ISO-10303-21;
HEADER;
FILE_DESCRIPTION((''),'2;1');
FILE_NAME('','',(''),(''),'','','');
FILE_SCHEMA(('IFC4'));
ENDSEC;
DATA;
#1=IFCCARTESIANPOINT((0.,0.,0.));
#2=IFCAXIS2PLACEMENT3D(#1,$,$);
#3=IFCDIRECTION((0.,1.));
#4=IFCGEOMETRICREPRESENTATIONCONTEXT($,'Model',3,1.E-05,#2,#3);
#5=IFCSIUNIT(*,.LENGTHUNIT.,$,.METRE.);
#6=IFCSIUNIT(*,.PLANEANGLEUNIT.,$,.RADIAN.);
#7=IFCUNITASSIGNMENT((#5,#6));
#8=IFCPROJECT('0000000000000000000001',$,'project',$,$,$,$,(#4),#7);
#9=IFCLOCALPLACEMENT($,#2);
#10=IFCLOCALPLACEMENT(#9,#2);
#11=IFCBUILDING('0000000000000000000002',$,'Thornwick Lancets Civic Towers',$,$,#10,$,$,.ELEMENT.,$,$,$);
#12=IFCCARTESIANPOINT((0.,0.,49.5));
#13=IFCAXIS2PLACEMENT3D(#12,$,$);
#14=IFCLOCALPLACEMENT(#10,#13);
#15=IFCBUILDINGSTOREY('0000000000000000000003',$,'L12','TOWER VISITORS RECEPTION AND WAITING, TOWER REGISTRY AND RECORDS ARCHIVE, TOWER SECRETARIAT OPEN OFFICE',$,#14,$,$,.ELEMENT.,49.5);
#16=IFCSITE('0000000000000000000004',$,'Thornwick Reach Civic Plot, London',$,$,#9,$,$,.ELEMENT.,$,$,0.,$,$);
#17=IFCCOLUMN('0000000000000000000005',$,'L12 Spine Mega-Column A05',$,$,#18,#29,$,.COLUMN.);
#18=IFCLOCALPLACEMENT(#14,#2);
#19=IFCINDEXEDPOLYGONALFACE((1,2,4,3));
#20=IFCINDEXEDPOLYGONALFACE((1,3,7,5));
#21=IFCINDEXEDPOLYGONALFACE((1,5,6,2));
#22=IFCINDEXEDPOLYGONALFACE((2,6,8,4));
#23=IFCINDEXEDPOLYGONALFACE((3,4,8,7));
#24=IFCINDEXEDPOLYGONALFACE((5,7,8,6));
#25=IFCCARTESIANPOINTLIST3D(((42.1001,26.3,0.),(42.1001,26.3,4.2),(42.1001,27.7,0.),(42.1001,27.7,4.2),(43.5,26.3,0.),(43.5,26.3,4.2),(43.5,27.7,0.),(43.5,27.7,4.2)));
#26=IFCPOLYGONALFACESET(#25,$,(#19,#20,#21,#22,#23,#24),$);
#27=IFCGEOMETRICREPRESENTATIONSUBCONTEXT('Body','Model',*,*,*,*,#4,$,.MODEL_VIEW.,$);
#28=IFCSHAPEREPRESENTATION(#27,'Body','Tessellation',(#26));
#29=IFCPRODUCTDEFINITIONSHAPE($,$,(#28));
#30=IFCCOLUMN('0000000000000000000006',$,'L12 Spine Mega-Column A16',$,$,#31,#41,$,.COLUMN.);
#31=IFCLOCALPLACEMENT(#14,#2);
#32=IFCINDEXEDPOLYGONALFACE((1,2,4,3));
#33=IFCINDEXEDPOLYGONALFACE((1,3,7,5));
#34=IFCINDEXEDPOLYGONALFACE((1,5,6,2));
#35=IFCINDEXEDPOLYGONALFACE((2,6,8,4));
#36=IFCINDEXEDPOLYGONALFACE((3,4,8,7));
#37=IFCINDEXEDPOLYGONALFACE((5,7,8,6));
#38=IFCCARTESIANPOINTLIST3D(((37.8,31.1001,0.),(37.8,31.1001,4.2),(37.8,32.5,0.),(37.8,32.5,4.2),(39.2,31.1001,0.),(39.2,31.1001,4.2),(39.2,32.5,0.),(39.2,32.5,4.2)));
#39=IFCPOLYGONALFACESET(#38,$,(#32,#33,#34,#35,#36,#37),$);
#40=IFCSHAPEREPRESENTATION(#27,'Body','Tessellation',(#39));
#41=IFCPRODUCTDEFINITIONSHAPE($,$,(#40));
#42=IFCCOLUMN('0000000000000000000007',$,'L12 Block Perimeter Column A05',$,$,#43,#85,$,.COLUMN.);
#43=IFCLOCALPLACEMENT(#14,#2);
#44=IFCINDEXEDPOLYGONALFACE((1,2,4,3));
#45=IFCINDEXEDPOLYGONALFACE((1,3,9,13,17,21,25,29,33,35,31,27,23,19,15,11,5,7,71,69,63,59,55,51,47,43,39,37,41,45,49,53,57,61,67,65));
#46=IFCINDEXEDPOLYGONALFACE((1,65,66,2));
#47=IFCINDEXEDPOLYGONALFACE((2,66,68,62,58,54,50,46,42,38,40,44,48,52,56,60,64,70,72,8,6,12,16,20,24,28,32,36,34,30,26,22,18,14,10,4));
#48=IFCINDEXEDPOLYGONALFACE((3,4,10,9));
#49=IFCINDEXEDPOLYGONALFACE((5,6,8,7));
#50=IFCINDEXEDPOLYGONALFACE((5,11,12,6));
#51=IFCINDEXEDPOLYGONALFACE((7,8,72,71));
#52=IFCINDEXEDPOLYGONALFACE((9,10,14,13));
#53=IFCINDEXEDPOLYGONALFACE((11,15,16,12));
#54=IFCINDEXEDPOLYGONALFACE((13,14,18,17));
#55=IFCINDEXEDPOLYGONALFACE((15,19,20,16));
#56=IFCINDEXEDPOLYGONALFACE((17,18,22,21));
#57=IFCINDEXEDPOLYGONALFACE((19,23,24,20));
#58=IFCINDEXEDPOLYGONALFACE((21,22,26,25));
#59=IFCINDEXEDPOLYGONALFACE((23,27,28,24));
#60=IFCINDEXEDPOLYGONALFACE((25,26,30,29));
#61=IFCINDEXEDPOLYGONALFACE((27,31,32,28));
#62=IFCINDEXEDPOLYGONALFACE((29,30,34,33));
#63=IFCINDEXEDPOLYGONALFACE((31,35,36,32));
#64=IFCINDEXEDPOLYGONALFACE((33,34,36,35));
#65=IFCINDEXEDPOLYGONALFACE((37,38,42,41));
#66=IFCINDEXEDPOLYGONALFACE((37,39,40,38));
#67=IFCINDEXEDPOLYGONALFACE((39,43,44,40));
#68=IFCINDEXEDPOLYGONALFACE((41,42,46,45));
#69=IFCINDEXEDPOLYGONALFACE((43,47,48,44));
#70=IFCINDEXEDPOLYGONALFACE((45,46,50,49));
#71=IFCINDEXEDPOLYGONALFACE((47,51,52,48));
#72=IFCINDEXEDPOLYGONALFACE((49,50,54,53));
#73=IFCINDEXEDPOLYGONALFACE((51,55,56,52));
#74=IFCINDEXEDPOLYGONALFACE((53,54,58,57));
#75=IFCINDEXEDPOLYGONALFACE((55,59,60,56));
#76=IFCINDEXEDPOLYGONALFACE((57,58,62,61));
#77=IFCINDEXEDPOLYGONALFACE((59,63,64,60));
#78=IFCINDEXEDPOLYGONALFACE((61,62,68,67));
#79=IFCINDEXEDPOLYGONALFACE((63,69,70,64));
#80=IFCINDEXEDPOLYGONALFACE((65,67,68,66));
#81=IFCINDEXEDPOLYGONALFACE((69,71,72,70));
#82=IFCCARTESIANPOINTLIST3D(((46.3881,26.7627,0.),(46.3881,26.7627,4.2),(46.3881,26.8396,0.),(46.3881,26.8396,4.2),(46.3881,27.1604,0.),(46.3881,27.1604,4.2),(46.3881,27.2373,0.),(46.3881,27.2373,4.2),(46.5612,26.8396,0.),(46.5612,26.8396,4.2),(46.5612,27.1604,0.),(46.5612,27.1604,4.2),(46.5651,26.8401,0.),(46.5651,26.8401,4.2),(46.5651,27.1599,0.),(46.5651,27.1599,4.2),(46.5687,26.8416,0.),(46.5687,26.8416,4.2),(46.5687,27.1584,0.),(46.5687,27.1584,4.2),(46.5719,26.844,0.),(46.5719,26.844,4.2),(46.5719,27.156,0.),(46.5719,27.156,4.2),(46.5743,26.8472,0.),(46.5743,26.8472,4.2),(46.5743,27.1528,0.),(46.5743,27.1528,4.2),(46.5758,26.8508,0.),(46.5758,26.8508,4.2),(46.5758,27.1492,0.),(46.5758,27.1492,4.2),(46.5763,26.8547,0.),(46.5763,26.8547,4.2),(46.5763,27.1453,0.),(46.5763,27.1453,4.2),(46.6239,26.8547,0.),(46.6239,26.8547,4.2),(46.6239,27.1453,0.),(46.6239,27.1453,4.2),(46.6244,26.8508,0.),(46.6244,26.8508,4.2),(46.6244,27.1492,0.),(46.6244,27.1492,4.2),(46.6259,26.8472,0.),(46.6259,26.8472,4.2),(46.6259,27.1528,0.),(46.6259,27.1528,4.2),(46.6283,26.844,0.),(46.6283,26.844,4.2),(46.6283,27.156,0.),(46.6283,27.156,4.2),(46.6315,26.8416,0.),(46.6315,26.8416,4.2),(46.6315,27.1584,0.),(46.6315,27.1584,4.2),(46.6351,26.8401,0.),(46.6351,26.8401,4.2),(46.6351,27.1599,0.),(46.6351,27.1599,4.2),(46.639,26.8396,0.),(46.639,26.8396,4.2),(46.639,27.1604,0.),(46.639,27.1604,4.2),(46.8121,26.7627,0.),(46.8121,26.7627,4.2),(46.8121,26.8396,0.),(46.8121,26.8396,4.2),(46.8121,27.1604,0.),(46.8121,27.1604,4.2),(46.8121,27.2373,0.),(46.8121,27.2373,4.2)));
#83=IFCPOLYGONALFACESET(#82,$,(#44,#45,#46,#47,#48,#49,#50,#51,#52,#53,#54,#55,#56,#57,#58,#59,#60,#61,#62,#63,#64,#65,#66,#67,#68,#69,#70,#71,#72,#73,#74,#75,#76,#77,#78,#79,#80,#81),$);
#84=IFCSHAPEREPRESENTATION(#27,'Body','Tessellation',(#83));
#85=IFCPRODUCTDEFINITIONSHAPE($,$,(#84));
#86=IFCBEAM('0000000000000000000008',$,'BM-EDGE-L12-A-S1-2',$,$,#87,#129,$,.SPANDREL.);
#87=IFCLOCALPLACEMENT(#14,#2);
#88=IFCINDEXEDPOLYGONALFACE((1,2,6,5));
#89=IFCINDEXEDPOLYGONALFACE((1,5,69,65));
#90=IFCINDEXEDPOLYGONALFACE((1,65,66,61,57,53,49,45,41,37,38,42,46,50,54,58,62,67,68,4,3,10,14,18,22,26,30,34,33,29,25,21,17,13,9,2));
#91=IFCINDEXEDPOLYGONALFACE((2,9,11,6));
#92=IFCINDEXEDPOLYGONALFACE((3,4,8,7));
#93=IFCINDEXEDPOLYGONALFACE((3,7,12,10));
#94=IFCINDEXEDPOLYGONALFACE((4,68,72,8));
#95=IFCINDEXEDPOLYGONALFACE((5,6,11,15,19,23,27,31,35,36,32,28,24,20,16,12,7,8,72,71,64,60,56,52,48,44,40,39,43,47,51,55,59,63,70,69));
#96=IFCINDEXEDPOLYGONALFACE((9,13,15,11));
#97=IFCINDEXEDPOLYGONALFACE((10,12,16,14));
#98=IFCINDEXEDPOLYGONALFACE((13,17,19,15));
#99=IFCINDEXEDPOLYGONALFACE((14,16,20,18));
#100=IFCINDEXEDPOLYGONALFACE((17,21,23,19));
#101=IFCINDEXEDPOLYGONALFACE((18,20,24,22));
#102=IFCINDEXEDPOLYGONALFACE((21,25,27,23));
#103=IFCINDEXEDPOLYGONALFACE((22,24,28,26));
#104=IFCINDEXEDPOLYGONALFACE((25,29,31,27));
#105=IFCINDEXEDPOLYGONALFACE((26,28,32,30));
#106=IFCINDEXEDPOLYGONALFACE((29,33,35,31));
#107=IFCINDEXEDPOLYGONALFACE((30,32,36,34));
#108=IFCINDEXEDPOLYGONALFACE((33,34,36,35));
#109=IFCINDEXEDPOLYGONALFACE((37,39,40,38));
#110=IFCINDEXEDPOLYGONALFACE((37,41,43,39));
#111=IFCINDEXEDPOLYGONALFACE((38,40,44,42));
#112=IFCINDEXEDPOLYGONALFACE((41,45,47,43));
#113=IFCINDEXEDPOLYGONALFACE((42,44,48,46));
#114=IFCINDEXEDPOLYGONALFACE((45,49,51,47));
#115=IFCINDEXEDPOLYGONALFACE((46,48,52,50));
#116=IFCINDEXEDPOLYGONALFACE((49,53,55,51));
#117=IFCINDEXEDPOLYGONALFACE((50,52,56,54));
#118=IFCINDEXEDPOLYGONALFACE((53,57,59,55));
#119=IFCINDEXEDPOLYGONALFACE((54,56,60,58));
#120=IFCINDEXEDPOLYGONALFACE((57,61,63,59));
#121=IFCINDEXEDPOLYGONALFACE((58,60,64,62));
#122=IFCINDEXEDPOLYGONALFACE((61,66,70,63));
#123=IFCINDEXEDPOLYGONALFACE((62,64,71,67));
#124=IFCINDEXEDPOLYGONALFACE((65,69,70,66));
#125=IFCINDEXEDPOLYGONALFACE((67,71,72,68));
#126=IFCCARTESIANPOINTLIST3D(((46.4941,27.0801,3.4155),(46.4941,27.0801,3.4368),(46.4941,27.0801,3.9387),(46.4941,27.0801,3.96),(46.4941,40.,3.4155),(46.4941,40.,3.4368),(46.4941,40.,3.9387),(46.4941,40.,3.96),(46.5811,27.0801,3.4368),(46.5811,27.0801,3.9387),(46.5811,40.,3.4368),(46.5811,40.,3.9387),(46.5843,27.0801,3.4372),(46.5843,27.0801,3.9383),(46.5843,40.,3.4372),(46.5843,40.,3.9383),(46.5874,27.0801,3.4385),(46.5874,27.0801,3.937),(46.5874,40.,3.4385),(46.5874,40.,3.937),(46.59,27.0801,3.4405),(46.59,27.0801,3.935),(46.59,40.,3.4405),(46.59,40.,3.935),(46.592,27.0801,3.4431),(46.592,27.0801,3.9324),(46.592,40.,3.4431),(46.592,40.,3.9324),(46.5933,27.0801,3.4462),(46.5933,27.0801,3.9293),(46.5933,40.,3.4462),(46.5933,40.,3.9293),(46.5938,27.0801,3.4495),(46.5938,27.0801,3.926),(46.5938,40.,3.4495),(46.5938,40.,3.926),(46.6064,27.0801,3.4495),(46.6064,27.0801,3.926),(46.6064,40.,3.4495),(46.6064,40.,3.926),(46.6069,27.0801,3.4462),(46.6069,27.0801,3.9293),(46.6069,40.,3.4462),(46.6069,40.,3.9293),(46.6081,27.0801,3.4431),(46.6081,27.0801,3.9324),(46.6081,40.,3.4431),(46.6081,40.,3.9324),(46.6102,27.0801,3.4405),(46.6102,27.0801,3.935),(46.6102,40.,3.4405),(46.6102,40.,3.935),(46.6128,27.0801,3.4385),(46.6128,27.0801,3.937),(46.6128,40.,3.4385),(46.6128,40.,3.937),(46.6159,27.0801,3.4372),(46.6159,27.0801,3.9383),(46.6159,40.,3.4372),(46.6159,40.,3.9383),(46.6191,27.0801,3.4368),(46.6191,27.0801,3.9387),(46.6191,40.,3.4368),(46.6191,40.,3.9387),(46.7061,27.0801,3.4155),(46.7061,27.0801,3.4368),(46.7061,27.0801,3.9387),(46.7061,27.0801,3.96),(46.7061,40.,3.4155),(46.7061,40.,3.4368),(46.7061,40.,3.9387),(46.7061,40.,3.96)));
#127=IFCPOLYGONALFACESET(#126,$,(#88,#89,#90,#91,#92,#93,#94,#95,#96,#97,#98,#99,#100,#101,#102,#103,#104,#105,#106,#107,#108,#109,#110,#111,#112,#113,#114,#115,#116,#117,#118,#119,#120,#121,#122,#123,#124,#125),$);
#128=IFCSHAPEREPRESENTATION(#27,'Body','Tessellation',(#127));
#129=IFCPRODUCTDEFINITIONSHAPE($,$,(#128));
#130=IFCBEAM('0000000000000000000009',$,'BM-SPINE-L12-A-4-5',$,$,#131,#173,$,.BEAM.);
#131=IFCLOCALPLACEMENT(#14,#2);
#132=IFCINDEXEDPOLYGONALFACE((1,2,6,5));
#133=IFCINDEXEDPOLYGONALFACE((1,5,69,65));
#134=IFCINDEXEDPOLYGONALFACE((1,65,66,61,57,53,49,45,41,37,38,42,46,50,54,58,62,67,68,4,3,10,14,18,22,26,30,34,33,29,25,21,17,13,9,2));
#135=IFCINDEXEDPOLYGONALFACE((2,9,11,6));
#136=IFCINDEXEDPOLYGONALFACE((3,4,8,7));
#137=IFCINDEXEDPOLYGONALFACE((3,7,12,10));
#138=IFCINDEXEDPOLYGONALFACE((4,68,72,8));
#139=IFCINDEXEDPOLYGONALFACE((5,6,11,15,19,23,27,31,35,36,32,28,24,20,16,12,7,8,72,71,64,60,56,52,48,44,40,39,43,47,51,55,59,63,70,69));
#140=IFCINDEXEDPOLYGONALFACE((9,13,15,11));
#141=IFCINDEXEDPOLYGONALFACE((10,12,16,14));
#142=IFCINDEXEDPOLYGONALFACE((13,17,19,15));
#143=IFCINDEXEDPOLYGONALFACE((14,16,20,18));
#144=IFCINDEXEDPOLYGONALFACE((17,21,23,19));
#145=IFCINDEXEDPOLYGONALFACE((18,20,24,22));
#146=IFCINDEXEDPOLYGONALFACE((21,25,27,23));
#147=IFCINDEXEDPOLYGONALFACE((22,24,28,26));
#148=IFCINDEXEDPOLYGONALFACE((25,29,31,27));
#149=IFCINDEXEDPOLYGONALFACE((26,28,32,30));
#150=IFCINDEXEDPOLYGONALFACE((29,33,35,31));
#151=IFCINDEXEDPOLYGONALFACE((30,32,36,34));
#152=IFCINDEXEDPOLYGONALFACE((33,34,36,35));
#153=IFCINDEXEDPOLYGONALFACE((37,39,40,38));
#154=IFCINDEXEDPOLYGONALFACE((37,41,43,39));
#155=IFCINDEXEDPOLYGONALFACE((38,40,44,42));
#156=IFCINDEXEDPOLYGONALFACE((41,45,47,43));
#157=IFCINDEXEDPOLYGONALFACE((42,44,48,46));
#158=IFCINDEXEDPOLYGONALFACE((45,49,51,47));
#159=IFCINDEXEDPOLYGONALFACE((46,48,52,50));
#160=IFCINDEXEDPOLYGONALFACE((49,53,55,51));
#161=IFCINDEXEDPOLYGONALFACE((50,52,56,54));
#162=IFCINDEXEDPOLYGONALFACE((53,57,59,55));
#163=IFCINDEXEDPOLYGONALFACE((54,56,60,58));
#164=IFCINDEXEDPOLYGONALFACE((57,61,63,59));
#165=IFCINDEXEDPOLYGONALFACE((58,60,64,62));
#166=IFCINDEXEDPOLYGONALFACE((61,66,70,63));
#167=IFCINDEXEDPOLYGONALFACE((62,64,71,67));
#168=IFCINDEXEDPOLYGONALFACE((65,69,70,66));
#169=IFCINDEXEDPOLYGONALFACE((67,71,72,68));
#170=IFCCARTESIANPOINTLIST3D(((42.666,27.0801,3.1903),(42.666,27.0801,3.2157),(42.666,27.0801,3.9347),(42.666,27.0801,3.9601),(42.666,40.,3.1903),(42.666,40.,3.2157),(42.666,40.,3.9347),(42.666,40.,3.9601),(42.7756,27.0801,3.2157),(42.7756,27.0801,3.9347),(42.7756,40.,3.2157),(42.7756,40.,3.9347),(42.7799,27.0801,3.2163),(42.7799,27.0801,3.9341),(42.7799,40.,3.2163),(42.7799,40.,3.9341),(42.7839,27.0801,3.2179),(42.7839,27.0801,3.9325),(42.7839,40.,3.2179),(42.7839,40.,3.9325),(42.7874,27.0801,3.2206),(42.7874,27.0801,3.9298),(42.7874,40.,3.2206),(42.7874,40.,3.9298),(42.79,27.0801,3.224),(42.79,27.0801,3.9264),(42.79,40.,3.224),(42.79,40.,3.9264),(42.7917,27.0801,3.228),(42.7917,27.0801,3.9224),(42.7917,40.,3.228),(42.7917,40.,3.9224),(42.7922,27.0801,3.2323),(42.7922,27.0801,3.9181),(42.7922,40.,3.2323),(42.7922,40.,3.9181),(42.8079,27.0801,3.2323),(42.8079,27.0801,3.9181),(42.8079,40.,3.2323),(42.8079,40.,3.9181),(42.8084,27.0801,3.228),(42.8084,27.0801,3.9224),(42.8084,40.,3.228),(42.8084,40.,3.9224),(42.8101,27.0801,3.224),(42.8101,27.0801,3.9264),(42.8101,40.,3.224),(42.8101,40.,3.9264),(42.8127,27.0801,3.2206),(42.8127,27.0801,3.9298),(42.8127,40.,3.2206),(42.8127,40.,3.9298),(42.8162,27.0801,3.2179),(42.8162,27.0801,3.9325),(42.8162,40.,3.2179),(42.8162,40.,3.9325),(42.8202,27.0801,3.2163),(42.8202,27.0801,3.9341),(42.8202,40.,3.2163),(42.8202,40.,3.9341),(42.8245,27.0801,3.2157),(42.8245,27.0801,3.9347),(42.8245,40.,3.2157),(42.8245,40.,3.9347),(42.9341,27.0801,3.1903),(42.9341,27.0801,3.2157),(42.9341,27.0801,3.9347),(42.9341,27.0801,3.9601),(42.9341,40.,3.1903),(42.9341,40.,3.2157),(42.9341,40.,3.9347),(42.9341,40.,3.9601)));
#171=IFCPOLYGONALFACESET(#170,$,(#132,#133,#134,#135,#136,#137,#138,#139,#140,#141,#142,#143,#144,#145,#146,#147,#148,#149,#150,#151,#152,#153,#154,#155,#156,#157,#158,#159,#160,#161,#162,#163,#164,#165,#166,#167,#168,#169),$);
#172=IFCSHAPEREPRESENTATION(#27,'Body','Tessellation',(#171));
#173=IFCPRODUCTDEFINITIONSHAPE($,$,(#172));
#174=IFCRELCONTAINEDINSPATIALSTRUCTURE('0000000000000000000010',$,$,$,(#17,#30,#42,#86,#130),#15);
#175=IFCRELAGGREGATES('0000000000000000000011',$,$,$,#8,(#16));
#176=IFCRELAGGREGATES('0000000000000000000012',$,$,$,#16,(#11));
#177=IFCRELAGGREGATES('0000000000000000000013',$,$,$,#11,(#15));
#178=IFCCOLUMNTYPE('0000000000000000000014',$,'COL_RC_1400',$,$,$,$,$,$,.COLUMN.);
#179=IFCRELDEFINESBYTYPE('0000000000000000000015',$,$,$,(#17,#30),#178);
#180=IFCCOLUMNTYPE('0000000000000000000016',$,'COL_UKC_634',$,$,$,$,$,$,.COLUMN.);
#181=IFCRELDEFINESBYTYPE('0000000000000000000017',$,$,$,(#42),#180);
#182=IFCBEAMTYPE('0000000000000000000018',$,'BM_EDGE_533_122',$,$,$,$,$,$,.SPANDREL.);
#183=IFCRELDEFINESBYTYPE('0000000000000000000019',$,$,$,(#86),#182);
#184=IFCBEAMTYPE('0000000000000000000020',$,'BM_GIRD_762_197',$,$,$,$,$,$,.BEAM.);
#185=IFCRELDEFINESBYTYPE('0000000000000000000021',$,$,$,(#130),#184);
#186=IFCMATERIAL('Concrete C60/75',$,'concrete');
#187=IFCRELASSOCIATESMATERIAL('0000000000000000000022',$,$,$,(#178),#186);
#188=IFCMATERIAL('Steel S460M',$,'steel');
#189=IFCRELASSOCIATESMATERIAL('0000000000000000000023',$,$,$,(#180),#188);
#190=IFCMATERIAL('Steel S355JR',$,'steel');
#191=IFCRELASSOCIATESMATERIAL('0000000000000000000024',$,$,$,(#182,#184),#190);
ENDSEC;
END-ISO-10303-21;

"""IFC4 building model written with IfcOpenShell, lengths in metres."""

from ifc_helpers import new_model, si_unit, direction, frame, origin, origin_2d, place, context, subcontext, project, spatial, rectangle, i_section, extrude, material, material_profile, profile_set, type_object, element, save


model = new_model("IFC4")

# Units and contexts
model_context = context("Model", 3, precision=1e-05, world=origin(), true_north=direction((0.0, 1.0)))
body_context = subcontext(model_context, "Body", "Model", "MODEL_VIEW")
ifc_project = project(units=[si_unit("LENGTHUNIT", "METRE"), si_unit("PLANEANGLEUNIT", "RADIAN")], contexts=[model_context])

# Site, building, storey
site_placement = place(None, origin())
site = spatial("IfcSite", under=ifc_project, at=site_placement, Name="Thornwick Reach Civic Plot, London", CompositionType="ELEMENT", RefElevation=0.0)
building_placement = place(site_placement, origin())
building = spatial("IfcBuilding", under=site, at=building_placement, Name="Thornwick Lancets Civic Towers", CompositionType="ELEMENT")
storey_placement = place(building_placement, frame((0.0, 0.0, 49.5)))
storey = spatial("IfcBuildingStorey", under=building, at=storey_placement, Name="L12", Description="TOWER VISITORS RECEPTION AND WAITING, TOWER REGISTRY AND RECORDS ARCHIVE, TOWER SECRETARIAT OPEN OFFICE", CompositionType="ELEMENT", Elevation=49.5)

# Columns
ifc_material_1 = material(Name="Concrete C60/75", Category="concrete")
ifc_material_profile_1 = material_profile(ifc_material_1, rectangle(XDim=1.3999, YDim=1.3999, at=origin_2d()), Name="RC 1400x1400")
ifc_profile_set_1 = profile_set([ifc_material_profile_1], Name="Concrete C60/75")
column_type_1 = type_object("IfcColumnType", Name="COL_RC_1400", PredefinedType="COLUMN", material=ifc_profile_set_1)
for number, where, z_axis, x_axis, name in (
    (1, (42.8, 27.0, 0.0), (0.0, 0.0, 1.0), (1.0, 0.0, 0.0), "L12 Spine Mega-Column A05"),
    (2, (38.5, 31.8, 0.0), (0.0, 0.0, 1.0), (1.0, 0.0, 0.0), "L12 Spine Mega-Column A16"),
):
    element("IfcColumn", number, at=place(storey_placement, frame(where, z_axis=z_axis, x_axis=x_axis)), inside=storey, type_object=column_type_1, Name=name, PredefinedType="COLUMN", context=body_context, shape_type="SweptSolid", body=[
        extrude(rectangle(XDim=1.3999, YDim=1.3999, at=origin_2d()), origin(), (0.0, 0.0, 1.0), 4.2),
    ])
ifc_material_2 = material(Name="Steel S460M", Category="steel")
ifc_material_profile_2 = material_profile(ifc_material_2, i_section(OverallWidth=0.4241, OverallDepth=0.4746, WebThickness=0.0476, FlangeThickness=0.0769, FilletRadius=0.0151, at=origin_2d()), Name="UKC 356x406x634")
ifc_profile_set_2 = profile_set([ifc_material_profile_2], Name="Steel S460M")
column_type_2 = type_object("IfcColumnType", Name="COL_UKC_634", PredefinedType="COLUMN", material=ifc_profile_set_2)
column_placement = place(storey_placement, frame((46.6001, 27.0, 0.0), z_axis=(0.0, 0.0, 1.0), x_axis=(1.0, 0.0, 0.0)))
element("IfcColumn", 3, at=column_placement, inside=storey, type_object=column_type_2, Name="L12 Block Perimeter Column A05", PredefinedType="COLUMN", context=body_context, shape_type="SweptSolid", body=[
    extrude(i_section(OverallWidth=0.4241, OverallDepth=0.4746, WebThickness=0.0476, FlangeThickness=0.0769, FilletRadius=0.0151, at=origin_2d()), origin(), (0.0, 0.0, 1.0), 4.2),
])

# Beams
ifc_material_3 = material(Name="Steel S355JR", Category="steel")
ifc_material_profile_3 = material_profile(ifc_material_3, i_section(OverallWidth=0.2119, OverallDepth=0.5444, WebThickness=0.0127, FlangeThickness=0.0212, FilletRadius=0.0127, at=origin_2d()), Name="UKB 533x210x122")
ifc_profile_set_3 = profile_set([ifc_material_profile_3], Name="Steel S355JR")
beam_type_1 = type_object("IfcBeamType", Name="BM_EDGE_533_122", PredefinedType="SPANDREL", material=ifc_profile_set_3)
beam_1_placement = place(storey_placement, frame((46.6001, 27.0801, 3.6877), z_axis=(0.0, 1.0, 0.0), x_axis=(-1.0, 0.0, 0.0)))
element("IfcBeam", 4, at=beam_1_placement, inside=storey, type_object=beam_type_1, Name="BM-EDGE-L12-A-S1-2", PredefinedType="SPANDREL", context=body_context, shape_type="SweptSolid", body=[
    extrude(i_section(OverallWidth=0.2119, OverallDepth=0.5444, WebThickness=0.0127, FlangeThickness=0.0212, FilletRadius=0.0127, at=origin_2d()), origin(), (0.0, 0.0, 1.0), 12.9199),
])
ifc_material_profile_4 = material_profile(ifc_material_3, i_section(OverallWidth=0.2681, OverallDepth=0.7698, WebThickness=0.0156, FlangeThickness=0.0254, FilletRadius=0.0166, at=origin_2d()), Name="UKB 762x267x197")
ifc_profile_set_4 = profile_set([ifc_material_profile_4], Name="Steel S355JR")
beam_type_2 = type_object("IfcBeamType", Name="BM_GIRD_762_197", PredefinedType="BEAM", material=ifc_profile_set_4)
beam_2_placement = place(storey_placement, frame((42.8, 27.0801, 3.5752), z_axis=(0.0, 1.0, 0.0), x_axis=(-1.0, 0.0, 0.0)))
element("IfcBeam", 5, at=beam_2_placement, inside=storey, type_object=beam_type_2, Name="BM-SPINE-L12-A-4-5", PredefinedType="BEAM", context=body_context, shape_type="SweptSolid", body=[
    extrude(i_section(OverallWidth=0.2681, OverallDepth=0.7698, WebThickness=0.0156, FlangeThickness=0.0254, FilletRadius=0.0166, at=origin_2d()), origin(), (0.0, 0.0, 1.0), 12.9199),
])

save(model, "model.ifc")
